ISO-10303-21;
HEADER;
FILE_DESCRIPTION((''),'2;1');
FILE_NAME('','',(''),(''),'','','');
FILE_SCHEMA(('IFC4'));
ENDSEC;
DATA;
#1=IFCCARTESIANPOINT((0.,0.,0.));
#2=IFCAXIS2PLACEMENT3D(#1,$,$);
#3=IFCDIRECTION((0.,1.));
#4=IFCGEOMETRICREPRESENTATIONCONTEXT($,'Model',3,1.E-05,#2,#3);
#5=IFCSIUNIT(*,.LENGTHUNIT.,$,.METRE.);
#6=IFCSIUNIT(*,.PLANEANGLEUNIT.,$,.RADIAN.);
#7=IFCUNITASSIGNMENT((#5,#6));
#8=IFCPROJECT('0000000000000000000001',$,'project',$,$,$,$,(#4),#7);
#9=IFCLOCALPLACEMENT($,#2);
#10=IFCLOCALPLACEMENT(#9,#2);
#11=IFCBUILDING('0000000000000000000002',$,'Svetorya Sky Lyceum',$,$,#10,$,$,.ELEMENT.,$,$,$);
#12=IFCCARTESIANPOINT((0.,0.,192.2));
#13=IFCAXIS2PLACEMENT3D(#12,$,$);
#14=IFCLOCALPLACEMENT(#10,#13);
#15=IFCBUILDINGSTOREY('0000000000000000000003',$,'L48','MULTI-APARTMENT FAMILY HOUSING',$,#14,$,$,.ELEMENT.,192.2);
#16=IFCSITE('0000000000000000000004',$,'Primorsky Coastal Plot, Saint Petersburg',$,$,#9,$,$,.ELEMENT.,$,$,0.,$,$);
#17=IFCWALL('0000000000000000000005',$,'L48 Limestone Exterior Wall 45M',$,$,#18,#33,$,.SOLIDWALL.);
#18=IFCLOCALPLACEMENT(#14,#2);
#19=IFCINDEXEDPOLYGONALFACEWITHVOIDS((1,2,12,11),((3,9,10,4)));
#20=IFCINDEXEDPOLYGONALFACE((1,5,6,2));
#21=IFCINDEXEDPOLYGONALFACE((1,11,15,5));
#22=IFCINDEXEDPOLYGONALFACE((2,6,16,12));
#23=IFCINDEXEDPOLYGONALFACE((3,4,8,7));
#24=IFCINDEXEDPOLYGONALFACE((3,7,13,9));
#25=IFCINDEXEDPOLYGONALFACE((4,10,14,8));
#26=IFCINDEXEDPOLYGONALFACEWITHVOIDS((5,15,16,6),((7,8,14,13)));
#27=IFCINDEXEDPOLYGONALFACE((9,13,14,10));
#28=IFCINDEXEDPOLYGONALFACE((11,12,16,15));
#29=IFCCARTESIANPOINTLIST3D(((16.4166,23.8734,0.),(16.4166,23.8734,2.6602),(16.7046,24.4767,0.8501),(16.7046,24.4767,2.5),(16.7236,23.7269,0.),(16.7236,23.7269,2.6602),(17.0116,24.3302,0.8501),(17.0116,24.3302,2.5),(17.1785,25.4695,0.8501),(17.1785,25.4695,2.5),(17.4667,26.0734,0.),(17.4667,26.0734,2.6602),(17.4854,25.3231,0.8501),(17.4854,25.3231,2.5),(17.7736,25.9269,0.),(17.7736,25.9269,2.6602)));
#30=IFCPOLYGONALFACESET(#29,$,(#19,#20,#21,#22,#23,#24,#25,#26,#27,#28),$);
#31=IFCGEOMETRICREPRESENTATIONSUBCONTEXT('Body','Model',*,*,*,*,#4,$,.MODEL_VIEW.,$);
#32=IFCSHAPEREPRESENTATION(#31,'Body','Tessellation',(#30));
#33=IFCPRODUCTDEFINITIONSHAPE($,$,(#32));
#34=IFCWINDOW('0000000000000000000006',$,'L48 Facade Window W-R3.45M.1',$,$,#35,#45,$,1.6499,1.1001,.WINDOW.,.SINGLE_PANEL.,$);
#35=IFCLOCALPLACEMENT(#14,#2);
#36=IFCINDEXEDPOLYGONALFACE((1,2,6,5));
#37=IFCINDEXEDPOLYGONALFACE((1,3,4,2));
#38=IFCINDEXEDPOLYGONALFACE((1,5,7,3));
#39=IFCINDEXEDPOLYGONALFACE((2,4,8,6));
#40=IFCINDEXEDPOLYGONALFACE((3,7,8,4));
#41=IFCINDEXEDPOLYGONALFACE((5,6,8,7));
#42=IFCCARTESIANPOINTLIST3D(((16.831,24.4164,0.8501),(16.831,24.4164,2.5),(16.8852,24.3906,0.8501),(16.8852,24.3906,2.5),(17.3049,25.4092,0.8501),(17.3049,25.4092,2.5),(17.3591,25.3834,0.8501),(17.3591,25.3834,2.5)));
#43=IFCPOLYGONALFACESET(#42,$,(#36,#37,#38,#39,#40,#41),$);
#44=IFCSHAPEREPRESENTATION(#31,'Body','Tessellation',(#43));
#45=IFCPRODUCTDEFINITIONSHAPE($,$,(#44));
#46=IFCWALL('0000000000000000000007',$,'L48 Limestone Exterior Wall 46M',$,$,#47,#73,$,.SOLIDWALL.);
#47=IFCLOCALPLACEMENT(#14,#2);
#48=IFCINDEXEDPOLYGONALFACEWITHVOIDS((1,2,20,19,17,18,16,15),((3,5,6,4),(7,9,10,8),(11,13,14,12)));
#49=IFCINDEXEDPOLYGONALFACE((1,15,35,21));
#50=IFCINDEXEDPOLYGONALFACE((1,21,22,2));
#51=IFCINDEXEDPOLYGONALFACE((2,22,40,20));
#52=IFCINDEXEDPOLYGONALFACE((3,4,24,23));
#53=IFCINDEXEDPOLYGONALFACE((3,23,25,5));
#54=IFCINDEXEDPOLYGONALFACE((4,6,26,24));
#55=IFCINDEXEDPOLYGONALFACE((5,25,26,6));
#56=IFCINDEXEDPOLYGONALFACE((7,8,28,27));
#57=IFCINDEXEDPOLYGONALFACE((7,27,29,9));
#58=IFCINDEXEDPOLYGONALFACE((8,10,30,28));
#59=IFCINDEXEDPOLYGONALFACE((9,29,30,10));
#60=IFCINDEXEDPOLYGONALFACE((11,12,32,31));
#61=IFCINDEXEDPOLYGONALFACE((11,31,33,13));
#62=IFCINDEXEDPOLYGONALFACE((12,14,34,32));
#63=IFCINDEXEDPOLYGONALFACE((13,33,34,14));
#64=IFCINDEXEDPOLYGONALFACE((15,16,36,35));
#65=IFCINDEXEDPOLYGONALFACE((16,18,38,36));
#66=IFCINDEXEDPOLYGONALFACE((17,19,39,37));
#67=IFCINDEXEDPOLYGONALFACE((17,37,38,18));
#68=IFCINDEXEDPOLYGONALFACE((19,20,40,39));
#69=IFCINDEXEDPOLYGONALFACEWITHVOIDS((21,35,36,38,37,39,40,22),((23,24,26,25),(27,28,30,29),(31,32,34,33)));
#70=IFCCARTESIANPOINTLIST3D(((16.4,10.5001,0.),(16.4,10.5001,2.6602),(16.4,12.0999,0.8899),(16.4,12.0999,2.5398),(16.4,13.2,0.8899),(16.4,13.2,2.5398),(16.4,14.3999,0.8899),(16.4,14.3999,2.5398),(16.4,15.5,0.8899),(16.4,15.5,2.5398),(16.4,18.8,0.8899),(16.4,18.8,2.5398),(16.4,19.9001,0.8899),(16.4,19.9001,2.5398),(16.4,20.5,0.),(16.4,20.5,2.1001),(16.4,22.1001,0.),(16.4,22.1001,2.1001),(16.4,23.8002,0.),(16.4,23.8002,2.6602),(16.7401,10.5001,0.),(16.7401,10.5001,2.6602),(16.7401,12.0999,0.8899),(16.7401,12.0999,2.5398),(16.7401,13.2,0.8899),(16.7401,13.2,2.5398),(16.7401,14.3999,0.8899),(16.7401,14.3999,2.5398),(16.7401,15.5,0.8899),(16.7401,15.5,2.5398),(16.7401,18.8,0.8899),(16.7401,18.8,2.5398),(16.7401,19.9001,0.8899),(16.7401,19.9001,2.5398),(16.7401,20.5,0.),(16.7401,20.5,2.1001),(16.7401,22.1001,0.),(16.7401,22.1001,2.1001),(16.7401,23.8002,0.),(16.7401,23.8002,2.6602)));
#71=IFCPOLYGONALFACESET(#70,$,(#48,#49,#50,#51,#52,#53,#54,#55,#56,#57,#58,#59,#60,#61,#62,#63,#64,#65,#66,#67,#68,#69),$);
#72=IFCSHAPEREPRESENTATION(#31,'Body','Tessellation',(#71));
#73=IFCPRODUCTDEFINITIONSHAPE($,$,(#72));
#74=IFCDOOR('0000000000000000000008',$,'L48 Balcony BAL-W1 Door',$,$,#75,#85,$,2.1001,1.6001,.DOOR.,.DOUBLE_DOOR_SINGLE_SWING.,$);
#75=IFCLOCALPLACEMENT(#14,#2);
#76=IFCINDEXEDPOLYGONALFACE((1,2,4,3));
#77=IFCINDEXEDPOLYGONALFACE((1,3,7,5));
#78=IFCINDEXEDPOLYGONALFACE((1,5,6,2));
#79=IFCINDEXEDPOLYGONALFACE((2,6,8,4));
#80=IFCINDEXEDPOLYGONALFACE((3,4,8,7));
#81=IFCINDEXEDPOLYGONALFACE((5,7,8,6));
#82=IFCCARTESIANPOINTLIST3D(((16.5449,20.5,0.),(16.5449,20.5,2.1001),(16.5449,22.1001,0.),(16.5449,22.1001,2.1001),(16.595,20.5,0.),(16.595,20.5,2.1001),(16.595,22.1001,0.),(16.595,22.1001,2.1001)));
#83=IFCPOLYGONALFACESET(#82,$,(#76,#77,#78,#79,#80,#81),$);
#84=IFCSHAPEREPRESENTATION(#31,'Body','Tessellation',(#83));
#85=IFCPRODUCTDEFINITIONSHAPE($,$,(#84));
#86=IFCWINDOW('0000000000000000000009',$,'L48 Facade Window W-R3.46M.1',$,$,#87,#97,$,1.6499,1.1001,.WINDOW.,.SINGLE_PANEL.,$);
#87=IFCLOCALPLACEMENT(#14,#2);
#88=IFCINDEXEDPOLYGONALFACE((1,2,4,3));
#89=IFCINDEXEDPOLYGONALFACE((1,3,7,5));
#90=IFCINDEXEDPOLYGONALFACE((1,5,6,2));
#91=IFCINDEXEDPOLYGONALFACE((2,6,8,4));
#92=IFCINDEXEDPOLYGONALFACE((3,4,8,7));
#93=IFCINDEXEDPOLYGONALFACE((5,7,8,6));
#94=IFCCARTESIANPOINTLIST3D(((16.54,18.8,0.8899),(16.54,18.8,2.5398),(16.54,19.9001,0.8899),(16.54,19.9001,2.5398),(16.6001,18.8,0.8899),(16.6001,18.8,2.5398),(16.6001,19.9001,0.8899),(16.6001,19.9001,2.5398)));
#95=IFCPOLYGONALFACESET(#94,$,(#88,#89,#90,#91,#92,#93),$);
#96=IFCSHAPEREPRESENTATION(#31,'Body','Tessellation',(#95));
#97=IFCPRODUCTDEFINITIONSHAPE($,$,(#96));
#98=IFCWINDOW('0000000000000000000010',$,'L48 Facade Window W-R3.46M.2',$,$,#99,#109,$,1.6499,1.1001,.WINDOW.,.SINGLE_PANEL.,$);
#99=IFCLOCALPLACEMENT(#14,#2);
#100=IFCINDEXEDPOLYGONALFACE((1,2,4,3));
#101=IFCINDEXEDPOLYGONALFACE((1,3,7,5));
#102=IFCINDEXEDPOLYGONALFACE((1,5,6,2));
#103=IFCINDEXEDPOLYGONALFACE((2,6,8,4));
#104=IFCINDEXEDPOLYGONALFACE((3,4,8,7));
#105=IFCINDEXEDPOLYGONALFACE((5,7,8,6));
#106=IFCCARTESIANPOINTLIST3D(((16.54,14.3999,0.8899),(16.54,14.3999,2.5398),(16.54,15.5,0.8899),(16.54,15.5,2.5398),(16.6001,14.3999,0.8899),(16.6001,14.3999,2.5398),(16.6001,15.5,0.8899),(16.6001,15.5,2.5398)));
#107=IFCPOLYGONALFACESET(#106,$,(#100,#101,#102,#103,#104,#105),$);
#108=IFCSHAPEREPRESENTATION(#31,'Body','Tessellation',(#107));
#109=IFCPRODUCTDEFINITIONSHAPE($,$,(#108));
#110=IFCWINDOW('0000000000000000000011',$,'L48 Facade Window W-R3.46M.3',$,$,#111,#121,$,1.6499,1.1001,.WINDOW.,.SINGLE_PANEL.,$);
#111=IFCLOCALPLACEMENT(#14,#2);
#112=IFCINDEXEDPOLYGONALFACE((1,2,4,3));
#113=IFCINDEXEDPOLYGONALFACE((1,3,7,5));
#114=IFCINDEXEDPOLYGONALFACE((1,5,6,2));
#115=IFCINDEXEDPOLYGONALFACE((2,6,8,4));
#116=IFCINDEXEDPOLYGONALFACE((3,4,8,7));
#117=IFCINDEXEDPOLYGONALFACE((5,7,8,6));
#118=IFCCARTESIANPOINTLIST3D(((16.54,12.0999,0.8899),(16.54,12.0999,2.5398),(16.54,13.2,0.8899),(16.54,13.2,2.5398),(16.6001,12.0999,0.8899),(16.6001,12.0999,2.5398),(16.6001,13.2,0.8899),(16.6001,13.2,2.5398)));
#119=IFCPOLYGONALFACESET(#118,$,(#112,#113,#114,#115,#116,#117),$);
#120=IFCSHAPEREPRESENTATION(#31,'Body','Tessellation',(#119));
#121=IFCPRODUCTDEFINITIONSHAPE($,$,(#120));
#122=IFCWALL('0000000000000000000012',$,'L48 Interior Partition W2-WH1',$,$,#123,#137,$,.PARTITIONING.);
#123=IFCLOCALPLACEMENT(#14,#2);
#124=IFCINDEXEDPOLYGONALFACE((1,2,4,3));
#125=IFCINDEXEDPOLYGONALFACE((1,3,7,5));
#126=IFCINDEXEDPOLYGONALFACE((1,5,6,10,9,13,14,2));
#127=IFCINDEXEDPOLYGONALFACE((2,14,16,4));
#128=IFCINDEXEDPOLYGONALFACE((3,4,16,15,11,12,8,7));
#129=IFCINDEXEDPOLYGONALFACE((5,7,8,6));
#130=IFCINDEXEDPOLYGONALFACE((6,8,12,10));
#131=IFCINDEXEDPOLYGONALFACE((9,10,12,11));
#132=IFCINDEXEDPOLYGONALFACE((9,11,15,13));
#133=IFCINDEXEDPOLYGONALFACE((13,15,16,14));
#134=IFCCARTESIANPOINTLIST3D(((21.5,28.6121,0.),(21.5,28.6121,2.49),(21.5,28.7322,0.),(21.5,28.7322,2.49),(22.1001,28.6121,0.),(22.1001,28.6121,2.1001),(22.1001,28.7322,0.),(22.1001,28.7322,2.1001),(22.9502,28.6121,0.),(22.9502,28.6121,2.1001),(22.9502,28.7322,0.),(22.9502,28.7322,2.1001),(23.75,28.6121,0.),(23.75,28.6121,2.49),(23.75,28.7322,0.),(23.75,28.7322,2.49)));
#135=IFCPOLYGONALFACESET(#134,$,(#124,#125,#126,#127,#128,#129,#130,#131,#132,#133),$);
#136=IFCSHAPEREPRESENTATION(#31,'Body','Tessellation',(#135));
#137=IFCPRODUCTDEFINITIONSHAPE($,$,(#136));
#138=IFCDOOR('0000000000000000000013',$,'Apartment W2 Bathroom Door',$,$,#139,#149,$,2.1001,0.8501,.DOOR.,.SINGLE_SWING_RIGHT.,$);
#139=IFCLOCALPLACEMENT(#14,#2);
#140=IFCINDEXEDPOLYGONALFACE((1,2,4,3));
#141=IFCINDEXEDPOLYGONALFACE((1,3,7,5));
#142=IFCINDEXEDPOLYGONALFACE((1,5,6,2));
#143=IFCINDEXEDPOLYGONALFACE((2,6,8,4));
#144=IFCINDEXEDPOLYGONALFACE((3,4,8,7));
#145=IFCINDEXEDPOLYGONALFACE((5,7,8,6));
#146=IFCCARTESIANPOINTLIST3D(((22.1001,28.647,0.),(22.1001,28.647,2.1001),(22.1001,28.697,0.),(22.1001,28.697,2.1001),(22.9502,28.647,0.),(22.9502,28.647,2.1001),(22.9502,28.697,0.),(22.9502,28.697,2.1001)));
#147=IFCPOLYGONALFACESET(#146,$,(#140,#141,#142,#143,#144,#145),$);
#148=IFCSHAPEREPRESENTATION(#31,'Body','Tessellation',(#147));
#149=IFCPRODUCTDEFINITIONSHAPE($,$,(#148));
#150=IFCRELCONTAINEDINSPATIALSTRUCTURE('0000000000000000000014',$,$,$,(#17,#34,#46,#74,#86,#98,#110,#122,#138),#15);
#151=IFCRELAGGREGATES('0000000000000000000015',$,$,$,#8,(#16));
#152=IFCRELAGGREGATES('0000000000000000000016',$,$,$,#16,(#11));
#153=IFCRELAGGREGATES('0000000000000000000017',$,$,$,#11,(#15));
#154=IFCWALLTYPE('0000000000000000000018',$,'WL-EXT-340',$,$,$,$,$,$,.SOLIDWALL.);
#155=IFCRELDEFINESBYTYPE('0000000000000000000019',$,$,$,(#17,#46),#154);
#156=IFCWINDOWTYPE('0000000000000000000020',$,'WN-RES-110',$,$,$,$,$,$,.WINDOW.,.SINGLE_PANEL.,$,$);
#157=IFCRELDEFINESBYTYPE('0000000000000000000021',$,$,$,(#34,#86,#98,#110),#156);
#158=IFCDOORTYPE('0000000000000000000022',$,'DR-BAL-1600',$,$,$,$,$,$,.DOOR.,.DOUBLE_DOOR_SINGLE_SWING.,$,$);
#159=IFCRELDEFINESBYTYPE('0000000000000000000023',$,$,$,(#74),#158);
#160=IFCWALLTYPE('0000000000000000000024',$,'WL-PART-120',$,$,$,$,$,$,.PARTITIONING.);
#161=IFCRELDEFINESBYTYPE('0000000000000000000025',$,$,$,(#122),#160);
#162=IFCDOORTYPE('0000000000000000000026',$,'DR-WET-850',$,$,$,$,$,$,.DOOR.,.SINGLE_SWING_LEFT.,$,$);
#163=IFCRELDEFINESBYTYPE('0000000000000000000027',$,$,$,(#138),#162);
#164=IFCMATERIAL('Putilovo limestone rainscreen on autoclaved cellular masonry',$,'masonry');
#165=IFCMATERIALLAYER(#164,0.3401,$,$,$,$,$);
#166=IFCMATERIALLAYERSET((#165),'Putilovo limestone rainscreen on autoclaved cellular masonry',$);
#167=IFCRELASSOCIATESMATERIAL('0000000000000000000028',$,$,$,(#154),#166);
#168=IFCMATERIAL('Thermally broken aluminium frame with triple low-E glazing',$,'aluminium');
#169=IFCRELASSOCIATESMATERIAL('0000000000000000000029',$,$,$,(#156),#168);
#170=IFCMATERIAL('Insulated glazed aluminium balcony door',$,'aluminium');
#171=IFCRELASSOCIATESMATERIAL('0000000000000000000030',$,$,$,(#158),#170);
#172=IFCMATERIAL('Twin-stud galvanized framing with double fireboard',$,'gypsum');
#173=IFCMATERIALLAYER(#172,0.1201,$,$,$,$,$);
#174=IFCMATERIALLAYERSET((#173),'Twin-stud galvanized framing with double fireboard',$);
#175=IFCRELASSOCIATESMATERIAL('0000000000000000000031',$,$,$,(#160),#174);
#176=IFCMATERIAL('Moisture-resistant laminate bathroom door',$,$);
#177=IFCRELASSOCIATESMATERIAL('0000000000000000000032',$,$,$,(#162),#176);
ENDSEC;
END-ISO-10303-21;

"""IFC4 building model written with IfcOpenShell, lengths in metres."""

from ifc_helpers import new_model, si_unit, direction, frame, frame_2d, origin, place, context, subcontext, project, spatial, rectangle, extrude, material, layer, layer_set, type_object, element, fill, save


model = new_model("IFC4")

# Units and contexts
model_context = context("Model", 3, precision=1e-05, world=origin(), true_north=direction((0.0, 1.0)))
body_context = subcontext(model_context, "Body", "Model", "MODEL_VIEW")
ifc_project = project(units=[si_unit("LENGTHUNIT", "METRE"), si_unit("PLANEANGLEUNIT", "RADIAN")], contexts=[model_context])

# Site, building, storey
site_placement = place(None, origin())
site = spatial("IfcSite", under=ifc_project, at=site_placement, Name="Primorsky Coastal Plot, Saint Petersburg", CompositionType="ELEMENT", RefElevation=0.0)
building_placement = place(site_placement, origin())
building = spatial("IfcBuilding", under=site, at=building_placement, Name="Svetorya Sky Lyceum", CompositionType="ELEMENT")
storey_placement = place(building_placement, frame((0.0, 0.0, 192.2)))
storey = spatial("IfcBuildingStorey", under=building, at=storey_placement, Name="L48", Description="MULTI-APARTMENT FAMILY HOUSING", CompositionType="ELEMENT", Elevation=192.2)

# Shared definitions
ifc_material_1 = material(Name="Putilovo limestone rainscreen on autoclaved cellular masonry", Category="masonry")
ifc_layer_1 = layer(ifc_material_1, 0.3401)
ifc_layer_set_1 = layer_set([ifc_layer_1], Name="Putilovo limestone rainscreen on autoclaved cellular masonry")
wall_type_1 = type_object("IfcWallType", Name="WL-EXT-340", PredefinedType="SOLIDWALL", material=ifc_layer_set_1)
ifc_material_2 = material(Name="Thermally broken aluminium frame with triple low-E glazing", Category="aluminium")
window_type = type_object("IfcWindowType", Name="WN-RES-110", PartitioningType="SINGLE_PANEL", PredefinedType="WINDOW", material=ifc_material_2)

# Wall, opening, window
wall_1_placement = place(storey_placement, frame((17.6201, 26.0, 0.0), z_axis=(0.0, 0.0, 1.0), x_axis=(-0.430754, -0.90247, 0.0)))
wall_1 = element("IfcWall", 1, at=wall_1_placement, inside=storey, type_object=wall_type_1, Name="L48 Limestone Exterior Wall 45M", PredefinedType="SOLIDWALL", context=body_context, shape_type="SweptSolid", body=[
    extrude(rectangle(XDim=2.4377, YDim=0.3401, at=frame_2d((1.2188, 0.0))), origin(), (0.0, 0.0, 1.0), 2.6602),
])
opening_1_placement = place(wall_1_placement, frame((0.6689, 0.0, 0.8501)))
opening_1 = element("IfcOpeningElement", 2, at=opening_1_placement, cuts=wall_1, PredefinedType="OPENING", context=body_context, shape_type="SweptSolid", body=[
    extrude(rectangle(XDim=1.1001, YDim=1.6499, at=frame_2d((0.55, 0.825))), frame((0.0, 0.1799, 0.0), z_axis=(0.0, -1.0, 0.0), x_axis=(1.0, 0.0, 0.0)), (0.0, 0.0, 1.0), 0.3601),
])
window_1_placement = place(opening_1_placement, origin())
window_1 = element("IfcWindow", 3, at=window_1_placement, inside=storey, type_object=window_type, Name="L48 Facade Window W-R3.45M.1", OverallHeight=1.6499, OverallWidth=1.1001, PartitioningType="SINGLE_PANEL", PredefinedType="WINDOW", context=body_context, shape_type="SweptSolid", body=[
    extrude(rectangle(XDim=1.1001, YDim=1.6499, at=frame_2d((0.55, 0.825))), frame((0.0, 0.03, 0.0), z_axis=(0.0, -1.0, 0.0), x_axis=(1.0, 0.0, 0.0)), (0.0, 0.0, 1.0), 0.0601),
])
fill(opening_1, window_1)

# Wall, openings, door, windows
wall_2_placement = place(storey_placement, frame((16.5701, 23.8, 0.0), z_axis=(0.0, 0.0, 1.0), x_axis=(0.0, -1.0, 0.0)))
wall_2 = element("IfcWall", 4, at=wall_2_placement, inside=storey, type_object=wall_type_1, Name="L48 Limestone Exterior Wall 46M", PredefinedType="SOLIDWALL", context=body_context, shape_type="SweptSolid", body=[
    extrude(rectangle(XDim=13.3, YDim=0.3401, at=frame_2d((6.6499, 0.0))), origin(), (0.0, 0.0, 1.0), 2.6602),
])
opening_2_placement = place(wall_2_placement, frame((1.7, 0.0, 0.0)))
opening_2 = element("IfcOpeningElement", 5, at=opening_2_placement, cuts=wall_2, PredefinedType="OPENING", context=body_context, shape_type="SweptSolid", body=[
    extrude(rectangle(XDim=1.6001, YDim=2.1001, at=frame_2d((0.8, 1.05))), frame((0.0, 0.1799, 0.0), z_axis=(0.0, -1.0, 0.0), x_axis=(1.0, 0.0, 0.0)), (0.0, 0.0, 1.0), 0.3601),
])
opening_3_placement = place(wall_2_placement, frame((3.8999, 0.0, 0.8899)))
opening_3 = element("IfcOpeningElement", 6, at=opening_3_placement, cuts=wall_2, PredefinedType="OPENING", context=body_context, shape_type="SweptSolid", body=[
    extrude(rectangle(XDim=1.1001, YDim=1.6499, at=frame_2d((0.55, 0.825))), frame((0.0, 0.1799, 0.0), z_axis=(0.0, -1.0, 0.0), x_axis=(1.0, 0.0, 0.0)), (0.0, 0.0, 1.0), 0.3601),
])
opening_4_placement = place(wall_2_placement, frame((8.3, 0.0, 0.8899)))
opening_4 = element("IfcOpeningElement", 7, at=opening_4_placement, cuts=wall_2, PredefinedType="OPENING", context=body_context, shape_type="SweptSolid", body=[
    extrude(rectangle(XDim=1.1001, YDim=1.6499, at=frame_2d((0.55, 0.825))), frame((0.0, 0.1799, 0.0), z_axis=(0.0, -1.0, 0.0), x_axis=(1.0, 0.0, 0.0)), (0.0, 0.0, 1.0), 0.3601),
])
opening_5_placement = place(wall_2_placement, frame((10.6001, 0.0, 0.8899)))
opening_5 = element("IfcOpeningElement", 8, at=opening_5_placement, cuts=wall_2, PredefinedType="OPENING", context=body_context, shape_type="SweptSolid", body=[
    extrude(rectangle(XDim=1.1001, YDim=1.6499, at=frame_2d((0.55, 0.825))), frame((0.0, 0.1799, 0.0), z_axis=(0.0, -1.0, 0.0), x_axis=(1.0, 0.0, 0.0)), (0.0, 0.0, 1.0), 0.3601),
])
ifc_material_3 = material(Name="Insulated glazed aluminium balcony door", Category="aluminium")
door_type_1 = type_object("IfcDoorType", Name="DR-BAL-1600", OperationType="DOUBLE_DOOR_SINGLE_SWING", PredefinedType="DOOR", material=ifc_material_3)
door_1_placement = place(opening_2_placement, origin())
door_1 = element("IfcDoor", 9, at=door_1_placement, inside=storey, type_object=door_type_1, Name="L48 Balcony BAL-W1 Door", OperationType="DOUBLE_DOOR_SINGLE_SWING", OverallHeight=2.1001, OverallWidth=1.6001, PredefinedType="DOOR", context=body_context, shape_type="SweptSolid", body=[
    extrude(rectangle(XDim=1.6001, YDim=2.1001, at=frame_2d((0.8, 1.05))), frame((0.0, 0.0249, 0.0), z_axis=(0.0, -1.0, 0.0), x_axis=(1.0, 0.0, 0.0)), (0.0, 0.0, 1.0), 0.05),
])
fill(opening_2, door_1)
window_2_placement = place(opening_3_placement, origin())
window_2 = element("IfcWindow", 10, at=window_2_placement, inside=storey, type_object=window_type, Name="L48 Facade Window W-R3.46M.1", OverallHeight=1.6499, OverallWidth=1.1001, PartitioningType="SINGLE_PANEL", PredefinedType="WINDOW", context=body_context, shape_type="SweptSolid", body=[
    extrude(rectangle(XDim=1.1001, YDim=1.6499, at=frame_2d((0.55, 0.825))), frame((0.0, 0.03, 0.0), z_axis=(0.0, -1.0, 0.0), x_axis=(1.0, 0.0, 0.0)), (0.0, 0.0, 1.0), 0.0601),
])
fill(opening_3, window_2)
window_3_placement = place(opening_4_placement, origin())
window_3 = element("IfcWindow", 11, at=window_3_placement, inside=storey, type_object=window_type, Name="L48 Facade Window W-R3.46M.2", OverallHeight=1.6499, OverallWidth=1.1001, PartitioningType="SINGLE_PANEL", PredefinedType="WINDOW", context=body_context, shape_type="SweptSolid", body=[
    extrude(rectangle(XDim=1.1001, YDim=1.6499, at=frame_2d((0.55, 0.825))), frame((0.0, 0.03, 0.0), z_axis=(0.0, -1.0, 0.0), x_axis=(1.0, 0.0, 0.0)), (0.0, 0.0, 1.0), 0.0601),
])
fill(opening_4, window_3)
window_4_placement = place(opening_5_placement, origin())
window_4 = element("IfcWindow", 12, at=window_4_placement, inside=storey, type_object=window_type, Name="L48 Facade Window W-R3.46M.3", OverallHeight=1.6499, OverallWidth=1.1001, PartitioningType="SINGLE_PANEL", PredefinedType="WINDOW", context=body_context, shape_type="SweptSolid", body=[
    extrude(rectangle(XDim=1.1001, YDim=1.6499, at=frame_2d((0.55, 0.825))), frame((0.0, 0.03, 0.0), z_axis=(0.0, -1.0, 0.0), x_axis=(1.0, 0.0, 0.0)), (0.0, 0.0, 1.0), 0.0601),
])
fill(opening_5, window_4)

# Wall, opening, door
ifc_material_4 = material(Name="Twin-stud galvanized framing with double fireboard", Category="gypsum")
ifc_layer_2 = layer(ifc_material_4, 0.1201)
ifc_layer_set_2 = layer_set([ifc_layer_2], Name="Twin-stud galvanized framing with double fireboard")
wall_type_2 = type_object("IfcWallType", Name="WL-PART-120", PredefinedType="PARTITIONING", material=ifc_layer_set_2)
wall_3_placement = place(storey_placement, frame((21.5, 28.6721, 0.0), z_axis=(0.0, 0.0, 1.0), x_axis=(1.0, 0.0, 0.0)))
wall_3 = element("IfcWall", 13, at=wall_3_placement, inside=storey, type_object=wall_type_2, Name="L48 Interior Partition W2-WH1", PredefinedType="PARTITIONING", context=body_context, shape_type="SweptSolid", body=[
    extrude(rectangle(XDim=2.25, YDim=0.1201, at=frame_2d((1.125, 0.0))), origin(), (0.0, 0.0, 1.0), 2.49),
])
opening_6_placement = place(wall_3_placement, frame((0.6001, 0.0, 0.0)))
opening_6 = element("IfcOpeningElement", 14, at=opening_6_placement, cuts=wall_3, PredefinedType="OPENING", context=body_context, shape_type="SweptSolid", body=[
    extrude(rectangle(XDim=0.8501, YDim=2.1001, at=frame_2d((0.425, 1.05))), frame((0.0, 0.0701, 0.0), z_axis=(0.0, -1.0, 0.0), x_axis=(1.0, 0.0, 0.0)), (0.0, 0.0, 1.0), 0.1401),
])
ifc_material_5 = material(Name="Moisture-resistant laminate bathroom door")
door_type_2 = type_object("IfcDoorType", Name="DR-WET-850", OperationType="SINGLE_SWING_LEFT", PredefinedType="DOOR", material=ifc_material_5)
door_2_placement = place(opening_6_placement, origin())
door_2 = element("IfcDoor", 15, at=door_2_placement, inside=storey, type_object=door_type_2, Name="Apartment W2 Bathroom Door", OperationType="SINGLE_SWING_RIGHT", OverallHeight=2.1001, OverallWidth=0.8501, PredefinedType="DOOR", context=body_context, shape_type="SweptSolid", body=[
    extrude(rectangle(XDim=0.8501, YDim=2.1001, at=frame_2d((0.425, 1.05))), frame((0.0, 0.0249, 0.0), z_axis=(0.0, -1.0, 0.0), x_axis=(1.0, 0.0, 0.0)), (0.0, 0.0, 1.0), 0.05),
])
fill(opening_6, door_2)

save(model, "model.ifc")
